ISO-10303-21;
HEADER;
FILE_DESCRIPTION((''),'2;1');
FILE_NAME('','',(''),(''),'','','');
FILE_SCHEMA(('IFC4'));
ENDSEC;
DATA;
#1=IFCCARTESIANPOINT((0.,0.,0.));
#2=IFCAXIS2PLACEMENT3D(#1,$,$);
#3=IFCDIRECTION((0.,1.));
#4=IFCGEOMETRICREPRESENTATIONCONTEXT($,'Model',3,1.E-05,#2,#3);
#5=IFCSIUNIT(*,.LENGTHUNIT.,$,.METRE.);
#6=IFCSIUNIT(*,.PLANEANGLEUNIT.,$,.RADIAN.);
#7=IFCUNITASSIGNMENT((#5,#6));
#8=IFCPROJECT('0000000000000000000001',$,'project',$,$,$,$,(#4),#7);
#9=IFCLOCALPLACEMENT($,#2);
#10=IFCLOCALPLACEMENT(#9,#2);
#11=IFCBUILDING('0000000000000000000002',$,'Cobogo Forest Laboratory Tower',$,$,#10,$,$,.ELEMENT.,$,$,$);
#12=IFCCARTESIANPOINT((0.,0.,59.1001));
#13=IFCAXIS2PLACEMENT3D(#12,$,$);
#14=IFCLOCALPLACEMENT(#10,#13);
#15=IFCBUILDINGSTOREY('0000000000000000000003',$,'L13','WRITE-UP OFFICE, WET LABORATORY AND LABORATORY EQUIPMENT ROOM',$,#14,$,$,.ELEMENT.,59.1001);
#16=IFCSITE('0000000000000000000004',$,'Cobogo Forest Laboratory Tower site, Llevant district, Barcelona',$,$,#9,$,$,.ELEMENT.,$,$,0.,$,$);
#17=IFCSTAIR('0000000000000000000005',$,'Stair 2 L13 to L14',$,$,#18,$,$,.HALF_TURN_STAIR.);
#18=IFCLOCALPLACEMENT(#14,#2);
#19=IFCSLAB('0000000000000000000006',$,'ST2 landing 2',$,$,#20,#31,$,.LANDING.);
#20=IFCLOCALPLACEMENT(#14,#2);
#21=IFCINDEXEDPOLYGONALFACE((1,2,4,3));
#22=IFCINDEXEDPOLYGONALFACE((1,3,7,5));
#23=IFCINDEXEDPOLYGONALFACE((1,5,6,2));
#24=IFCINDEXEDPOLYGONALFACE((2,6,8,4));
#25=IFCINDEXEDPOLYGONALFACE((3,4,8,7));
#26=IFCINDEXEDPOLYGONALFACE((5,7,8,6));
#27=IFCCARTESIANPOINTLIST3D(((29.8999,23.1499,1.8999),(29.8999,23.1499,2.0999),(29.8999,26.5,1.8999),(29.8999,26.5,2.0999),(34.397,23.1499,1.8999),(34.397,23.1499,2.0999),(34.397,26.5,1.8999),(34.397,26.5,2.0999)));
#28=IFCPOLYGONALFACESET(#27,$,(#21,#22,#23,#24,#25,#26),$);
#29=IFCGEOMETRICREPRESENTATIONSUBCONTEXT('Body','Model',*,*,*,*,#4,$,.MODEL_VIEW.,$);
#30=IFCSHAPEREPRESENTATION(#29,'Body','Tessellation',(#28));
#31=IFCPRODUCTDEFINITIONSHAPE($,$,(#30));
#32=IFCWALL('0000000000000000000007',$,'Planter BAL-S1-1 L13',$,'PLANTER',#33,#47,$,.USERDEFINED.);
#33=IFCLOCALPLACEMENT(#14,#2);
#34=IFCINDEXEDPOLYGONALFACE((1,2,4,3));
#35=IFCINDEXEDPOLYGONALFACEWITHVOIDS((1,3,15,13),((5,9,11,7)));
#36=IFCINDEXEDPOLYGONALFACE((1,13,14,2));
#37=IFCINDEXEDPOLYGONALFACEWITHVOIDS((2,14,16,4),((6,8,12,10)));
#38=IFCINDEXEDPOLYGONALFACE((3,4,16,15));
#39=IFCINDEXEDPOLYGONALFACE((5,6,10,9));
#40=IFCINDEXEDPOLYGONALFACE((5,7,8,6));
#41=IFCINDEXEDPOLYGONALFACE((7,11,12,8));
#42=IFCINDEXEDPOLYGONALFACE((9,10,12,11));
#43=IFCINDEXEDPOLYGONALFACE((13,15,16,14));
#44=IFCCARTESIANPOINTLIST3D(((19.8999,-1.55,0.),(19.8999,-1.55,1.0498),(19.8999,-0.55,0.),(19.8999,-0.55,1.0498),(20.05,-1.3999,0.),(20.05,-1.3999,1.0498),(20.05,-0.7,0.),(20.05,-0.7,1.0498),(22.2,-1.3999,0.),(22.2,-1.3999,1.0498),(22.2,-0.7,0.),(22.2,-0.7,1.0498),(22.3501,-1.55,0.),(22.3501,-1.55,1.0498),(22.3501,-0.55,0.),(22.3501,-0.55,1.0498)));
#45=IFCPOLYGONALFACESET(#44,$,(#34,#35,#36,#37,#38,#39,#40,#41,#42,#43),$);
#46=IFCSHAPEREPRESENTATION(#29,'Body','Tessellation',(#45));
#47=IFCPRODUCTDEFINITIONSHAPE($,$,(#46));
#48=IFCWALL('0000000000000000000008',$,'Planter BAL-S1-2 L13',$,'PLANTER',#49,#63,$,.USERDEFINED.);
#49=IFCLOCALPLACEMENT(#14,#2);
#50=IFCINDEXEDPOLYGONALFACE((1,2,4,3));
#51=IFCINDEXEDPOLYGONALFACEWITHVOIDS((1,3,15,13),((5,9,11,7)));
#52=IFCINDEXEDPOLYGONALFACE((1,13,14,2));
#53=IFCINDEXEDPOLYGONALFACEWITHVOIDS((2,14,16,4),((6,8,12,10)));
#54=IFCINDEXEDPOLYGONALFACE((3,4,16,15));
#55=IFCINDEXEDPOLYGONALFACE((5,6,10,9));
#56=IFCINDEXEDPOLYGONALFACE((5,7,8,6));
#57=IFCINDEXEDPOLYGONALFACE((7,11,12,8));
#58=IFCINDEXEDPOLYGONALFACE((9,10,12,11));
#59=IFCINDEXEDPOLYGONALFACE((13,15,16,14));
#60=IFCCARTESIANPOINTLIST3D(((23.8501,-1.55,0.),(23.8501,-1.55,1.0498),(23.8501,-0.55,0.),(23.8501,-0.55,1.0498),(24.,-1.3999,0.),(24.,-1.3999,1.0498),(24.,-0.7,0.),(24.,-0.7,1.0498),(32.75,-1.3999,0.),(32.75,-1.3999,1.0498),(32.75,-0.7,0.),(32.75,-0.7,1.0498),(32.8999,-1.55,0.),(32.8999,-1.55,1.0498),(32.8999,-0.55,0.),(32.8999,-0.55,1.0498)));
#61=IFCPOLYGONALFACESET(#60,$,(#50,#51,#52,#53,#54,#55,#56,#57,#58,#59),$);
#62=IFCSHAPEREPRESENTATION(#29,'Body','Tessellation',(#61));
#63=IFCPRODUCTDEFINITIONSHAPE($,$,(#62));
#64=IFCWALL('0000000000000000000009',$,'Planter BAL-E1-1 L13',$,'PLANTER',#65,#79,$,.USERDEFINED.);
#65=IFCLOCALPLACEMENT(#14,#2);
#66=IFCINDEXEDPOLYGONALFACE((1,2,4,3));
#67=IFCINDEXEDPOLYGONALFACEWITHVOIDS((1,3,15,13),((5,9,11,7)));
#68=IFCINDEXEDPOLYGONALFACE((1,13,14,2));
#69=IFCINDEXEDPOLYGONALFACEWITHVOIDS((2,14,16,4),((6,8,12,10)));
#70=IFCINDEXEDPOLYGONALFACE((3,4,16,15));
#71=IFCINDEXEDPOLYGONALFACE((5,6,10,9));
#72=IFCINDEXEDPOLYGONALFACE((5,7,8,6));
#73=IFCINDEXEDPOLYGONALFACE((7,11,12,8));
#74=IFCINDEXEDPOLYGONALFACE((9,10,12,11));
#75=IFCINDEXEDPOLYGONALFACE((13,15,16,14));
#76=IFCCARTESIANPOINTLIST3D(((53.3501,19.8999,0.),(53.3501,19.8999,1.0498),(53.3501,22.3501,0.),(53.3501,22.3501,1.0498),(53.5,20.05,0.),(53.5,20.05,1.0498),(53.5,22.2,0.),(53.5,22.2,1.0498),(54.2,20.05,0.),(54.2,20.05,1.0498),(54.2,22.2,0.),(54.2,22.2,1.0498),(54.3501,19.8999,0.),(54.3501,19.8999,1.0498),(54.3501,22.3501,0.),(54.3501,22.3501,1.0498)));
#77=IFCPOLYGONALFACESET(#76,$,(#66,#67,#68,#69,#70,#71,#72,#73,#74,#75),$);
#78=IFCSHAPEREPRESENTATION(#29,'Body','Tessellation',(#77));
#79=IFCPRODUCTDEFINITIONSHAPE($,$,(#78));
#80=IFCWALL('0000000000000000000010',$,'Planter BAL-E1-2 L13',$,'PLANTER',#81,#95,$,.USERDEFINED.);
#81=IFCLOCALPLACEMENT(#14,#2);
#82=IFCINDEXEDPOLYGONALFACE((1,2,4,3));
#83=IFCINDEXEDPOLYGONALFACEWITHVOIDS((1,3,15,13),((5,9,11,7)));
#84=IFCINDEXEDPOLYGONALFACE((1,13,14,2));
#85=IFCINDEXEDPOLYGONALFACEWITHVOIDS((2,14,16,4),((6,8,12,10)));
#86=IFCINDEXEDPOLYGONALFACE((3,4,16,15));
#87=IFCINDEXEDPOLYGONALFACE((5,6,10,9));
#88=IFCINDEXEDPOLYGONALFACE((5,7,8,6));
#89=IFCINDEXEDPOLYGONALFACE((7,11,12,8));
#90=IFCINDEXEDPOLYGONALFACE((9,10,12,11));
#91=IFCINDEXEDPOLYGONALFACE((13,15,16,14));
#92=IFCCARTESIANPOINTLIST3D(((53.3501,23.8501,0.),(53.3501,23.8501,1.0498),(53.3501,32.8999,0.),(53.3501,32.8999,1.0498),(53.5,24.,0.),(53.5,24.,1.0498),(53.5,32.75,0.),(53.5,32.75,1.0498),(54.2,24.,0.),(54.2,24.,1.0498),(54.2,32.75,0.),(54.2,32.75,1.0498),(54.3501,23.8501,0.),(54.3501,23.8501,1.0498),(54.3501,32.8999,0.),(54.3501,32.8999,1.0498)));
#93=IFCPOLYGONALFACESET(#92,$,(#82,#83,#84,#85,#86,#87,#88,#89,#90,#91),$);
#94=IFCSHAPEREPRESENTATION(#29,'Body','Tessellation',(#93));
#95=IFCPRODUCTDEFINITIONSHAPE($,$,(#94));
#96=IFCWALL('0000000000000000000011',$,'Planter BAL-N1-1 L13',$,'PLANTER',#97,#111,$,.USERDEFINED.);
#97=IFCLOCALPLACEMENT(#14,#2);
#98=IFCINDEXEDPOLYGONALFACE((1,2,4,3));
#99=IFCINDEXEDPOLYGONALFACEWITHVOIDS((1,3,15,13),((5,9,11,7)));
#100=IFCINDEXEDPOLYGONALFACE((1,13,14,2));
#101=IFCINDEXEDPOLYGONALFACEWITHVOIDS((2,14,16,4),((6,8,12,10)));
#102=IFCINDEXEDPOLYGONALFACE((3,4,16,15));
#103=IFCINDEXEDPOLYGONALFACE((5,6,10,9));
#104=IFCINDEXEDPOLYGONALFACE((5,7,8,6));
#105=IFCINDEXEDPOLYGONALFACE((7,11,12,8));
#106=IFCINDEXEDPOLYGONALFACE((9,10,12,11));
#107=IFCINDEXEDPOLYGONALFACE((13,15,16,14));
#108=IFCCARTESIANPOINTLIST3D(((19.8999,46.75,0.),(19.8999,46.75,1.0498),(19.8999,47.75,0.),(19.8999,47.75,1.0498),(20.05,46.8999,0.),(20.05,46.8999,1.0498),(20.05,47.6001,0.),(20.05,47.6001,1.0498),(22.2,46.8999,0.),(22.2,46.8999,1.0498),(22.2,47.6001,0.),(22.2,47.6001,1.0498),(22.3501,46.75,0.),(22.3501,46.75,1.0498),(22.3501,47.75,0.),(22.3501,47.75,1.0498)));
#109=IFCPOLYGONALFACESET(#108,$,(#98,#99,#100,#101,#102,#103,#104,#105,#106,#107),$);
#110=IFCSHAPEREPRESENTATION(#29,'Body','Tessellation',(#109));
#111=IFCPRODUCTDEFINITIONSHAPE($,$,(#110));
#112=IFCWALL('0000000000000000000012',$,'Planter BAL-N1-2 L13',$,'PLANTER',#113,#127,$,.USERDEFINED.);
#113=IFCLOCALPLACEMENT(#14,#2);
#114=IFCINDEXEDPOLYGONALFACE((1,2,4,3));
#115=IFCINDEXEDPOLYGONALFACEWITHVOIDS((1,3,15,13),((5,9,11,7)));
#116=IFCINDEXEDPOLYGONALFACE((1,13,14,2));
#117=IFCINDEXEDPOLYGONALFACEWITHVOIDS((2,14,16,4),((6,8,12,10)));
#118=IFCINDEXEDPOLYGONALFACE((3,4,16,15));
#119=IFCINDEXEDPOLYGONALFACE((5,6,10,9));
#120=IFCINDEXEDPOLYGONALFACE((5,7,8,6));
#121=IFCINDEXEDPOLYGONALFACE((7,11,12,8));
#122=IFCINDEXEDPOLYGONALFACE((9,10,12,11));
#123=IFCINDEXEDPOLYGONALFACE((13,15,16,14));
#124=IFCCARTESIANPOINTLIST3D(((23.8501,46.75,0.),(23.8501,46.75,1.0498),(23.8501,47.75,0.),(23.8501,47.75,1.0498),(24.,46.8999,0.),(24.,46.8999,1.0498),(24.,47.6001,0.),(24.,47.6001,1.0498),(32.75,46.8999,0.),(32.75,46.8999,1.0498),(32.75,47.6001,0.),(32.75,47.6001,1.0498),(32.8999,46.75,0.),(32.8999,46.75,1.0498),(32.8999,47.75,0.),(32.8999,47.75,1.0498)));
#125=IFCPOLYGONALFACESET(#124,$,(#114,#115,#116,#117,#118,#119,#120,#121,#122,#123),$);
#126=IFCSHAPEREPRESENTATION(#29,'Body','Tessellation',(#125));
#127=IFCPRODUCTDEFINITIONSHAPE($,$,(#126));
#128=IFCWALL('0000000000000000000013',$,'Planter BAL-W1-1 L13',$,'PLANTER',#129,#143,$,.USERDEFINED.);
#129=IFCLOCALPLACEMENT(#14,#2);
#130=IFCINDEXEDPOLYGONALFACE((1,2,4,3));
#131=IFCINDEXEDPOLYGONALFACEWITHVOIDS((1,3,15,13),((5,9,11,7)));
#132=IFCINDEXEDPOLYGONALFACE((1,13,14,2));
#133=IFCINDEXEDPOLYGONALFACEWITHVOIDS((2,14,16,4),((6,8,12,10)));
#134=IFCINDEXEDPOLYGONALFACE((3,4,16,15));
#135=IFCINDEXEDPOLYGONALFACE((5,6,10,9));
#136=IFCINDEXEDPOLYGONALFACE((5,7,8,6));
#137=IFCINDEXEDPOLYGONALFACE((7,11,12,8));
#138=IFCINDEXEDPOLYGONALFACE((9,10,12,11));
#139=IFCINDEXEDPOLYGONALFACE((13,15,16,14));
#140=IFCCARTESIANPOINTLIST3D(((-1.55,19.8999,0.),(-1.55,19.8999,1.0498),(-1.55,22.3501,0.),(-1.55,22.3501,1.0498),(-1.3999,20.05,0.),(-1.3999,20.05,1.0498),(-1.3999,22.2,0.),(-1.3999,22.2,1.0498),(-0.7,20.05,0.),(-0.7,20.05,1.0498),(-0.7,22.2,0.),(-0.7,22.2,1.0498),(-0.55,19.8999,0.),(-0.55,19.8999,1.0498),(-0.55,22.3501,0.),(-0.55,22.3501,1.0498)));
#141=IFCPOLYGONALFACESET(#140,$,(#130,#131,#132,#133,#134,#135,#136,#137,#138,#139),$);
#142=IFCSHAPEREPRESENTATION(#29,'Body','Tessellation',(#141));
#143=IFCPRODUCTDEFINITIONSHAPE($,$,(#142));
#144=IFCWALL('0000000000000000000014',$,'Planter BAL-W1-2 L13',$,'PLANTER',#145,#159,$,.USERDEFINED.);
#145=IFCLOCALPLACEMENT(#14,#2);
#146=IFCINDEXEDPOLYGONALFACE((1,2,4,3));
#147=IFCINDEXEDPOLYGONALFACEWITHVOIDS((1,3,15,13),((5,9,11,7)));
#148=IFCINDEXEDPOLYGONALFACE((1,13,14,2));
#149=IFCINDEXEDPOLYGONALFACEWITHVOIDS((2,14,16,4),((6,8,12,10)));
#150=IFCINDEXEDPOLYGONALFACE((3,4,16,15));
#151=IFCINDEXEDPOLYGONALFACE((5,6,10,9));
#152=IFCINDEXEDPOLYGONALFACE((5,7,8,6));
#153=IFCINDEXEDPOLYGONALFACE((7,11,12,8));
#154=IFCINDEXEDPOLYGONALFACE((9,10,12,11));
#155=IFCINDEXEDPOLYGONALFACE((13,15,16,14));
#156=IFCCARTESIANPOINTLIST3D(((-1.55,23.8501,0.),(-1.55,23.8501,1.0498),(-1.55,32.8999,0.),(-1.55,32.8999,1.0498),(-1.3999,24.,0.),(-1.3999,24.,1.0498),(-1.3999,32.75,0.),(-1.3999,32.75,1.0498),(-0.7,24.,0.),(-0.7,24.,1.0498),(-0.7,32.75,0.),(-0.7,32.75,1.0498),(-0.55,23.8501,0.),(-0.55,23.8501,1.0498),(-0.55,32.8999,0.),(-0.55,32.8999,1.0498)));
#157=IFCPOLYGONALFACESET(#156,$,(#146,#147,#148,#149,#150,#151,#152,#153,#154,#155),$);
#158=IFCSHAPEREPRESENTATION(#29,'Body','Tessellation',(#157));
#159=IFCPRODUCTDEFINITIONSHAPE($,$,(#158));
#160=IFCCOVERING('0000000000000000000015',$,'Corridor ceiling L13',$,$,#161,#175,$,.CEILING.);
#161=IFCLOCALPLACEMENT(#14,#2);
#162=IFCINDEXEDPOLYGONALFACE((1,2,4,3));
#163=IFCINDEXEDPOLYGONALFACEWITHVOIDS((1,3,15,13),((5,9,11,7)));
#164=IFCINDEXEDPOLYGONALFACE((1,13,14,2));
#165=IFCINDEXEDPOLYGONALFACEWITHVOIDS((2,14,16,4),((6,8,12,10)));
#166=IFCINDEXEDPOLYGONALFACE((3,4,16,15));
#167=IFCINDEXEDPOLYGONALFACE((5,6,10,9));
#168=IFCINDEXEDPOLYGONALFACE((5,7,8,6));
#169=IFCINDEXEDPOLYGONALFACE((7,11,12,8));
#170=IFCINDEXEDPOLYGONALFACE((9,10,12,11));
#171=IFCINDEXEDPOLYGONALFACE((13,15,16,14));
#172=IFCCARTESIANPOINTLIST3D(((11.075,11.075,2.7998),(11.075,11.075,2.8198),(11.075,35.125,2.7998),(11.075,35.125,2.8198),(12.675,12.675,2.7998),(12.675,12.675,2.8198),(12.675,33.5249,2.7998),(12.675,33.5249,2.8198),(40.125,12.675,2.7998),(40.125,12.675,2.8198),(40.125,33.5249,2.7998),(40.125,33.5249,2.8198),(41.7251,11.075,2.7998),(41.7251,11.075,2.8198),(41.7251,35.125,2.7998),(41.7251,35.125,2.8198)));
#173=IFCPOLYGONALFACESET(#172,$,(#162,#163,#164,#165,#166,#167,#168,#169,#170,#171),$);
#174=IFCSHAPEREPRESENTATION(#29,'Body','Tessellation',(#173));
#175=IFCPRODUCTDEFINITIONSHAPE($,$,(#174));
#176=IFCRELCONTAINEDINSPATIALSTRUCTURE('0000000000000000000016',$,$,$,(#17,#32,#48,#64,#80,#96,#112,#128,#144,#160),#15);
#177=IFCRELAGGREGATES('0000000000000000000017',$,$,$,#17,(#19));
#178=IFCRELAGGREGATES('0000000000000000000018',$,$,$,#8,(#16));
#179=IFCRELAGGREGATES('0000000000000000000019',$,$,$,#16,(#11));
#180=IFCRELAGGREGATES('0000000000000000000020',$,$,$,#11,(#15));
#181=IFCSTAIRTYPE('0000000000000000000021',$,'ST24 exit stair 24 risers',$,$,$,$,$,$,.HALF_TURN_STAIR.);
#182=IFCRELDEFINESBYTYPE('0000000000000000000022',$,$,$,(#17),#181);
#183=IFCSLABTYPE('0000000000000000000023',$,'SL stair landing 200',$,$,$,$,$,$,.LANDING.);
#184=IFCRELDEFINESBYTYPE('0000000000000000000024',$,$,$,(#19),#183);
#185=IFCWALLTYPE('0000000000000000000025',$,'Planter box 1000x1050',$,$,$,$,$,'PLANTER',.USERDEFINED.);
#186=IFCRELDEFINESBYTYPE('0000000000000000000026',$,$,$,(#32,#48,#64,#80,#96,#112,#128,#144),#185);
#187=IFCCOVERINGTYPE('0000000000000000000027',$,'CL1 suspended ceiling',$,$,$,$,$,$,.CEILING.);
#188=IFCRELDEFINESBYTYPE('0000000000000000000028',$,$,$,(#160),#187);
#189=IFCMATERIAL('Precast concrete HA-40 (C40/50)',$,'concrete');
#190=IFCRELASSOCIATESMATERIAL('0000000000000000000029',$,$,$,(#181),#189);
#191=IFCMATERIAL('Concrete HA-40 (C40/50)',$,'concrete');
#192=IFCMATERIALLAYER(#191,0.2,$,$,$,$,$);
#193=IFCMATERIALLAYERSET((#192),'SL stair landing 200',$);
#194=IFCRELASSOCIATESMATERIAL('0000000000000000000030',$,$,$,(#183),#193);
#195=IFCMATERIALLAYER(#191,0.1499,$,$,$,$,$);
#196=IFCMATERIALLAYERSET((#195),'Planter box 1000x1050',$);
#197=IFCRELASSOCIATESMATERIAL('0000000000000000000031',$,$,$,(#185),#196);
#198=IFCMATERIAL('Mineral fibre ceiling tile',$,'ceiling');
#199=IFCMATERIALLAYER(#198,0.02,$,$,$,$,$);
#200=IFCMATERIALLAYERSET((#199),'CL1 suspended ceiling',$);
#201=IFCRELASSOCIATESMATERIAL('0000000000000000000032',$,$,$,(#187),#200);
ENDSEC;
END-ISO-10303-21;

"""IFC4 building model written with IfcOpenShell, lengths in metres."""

from ifc_helpers import new_model, si_unit, direction, frame, origin, place, context, subcontext, project, spatial, polyline, outline, extrude, material, layer, layer_set, type_object, element, aggregate, save


model = new_model("IFC4")

# Units and contexts
model_context = context("Model", 3, precision=1e-05, world=origin(), true_north=direction((0.0, 1.0)))
body_context = subcontext(model_context, "Body", "Model", "MODEL_VIEW")
ifc_project = project(units=[si_unit("LENGTHUNIT", "METRE"), si_unit("PLANEANGLEUNIT", "RADIAN")], contexts=[model_context])

# Site, building, storey
site_placement = place(None, origin())
site = spatial("IfcSite", under=ifc_project, at=site_placement, Name="Cobogo Forest Laboratory Tower site, Llevant district, Barcelona", CompositionType="ELEMENT", RefElevation=0.0)
building_placement = place(site_placement, origin())
building = spatial("IfcBuilding", under=site, at=building_placement, Name="Cobogo Forest Laboratory Tower", CompositionType="ELEMENT")
storey_placement = place(building_placement, frame((0.0, 0.0, 59.1001)))
storey = spatial("IfcBuildingStorey", under=building, at=storey_placement, Name="L13", Description="WRITE-UP OFFICE, WET LABORATORY AND LABORATORY EQUIPMENT ROOM", CompositionType="ELEMENT", Elevation=59.1001)

# Shared definitions
ifc_material_1 = material(Name="Concrete HA-40 (C40/50)", Category="concrete")

# Stair, slab
ifc_material_2 = material(Name="Precast concrete HA-40 (C40/50)", Category="concrete")
stair_type = type_object("IfcStairType", Name="ST24 exit stair 24 risers", PredefinedType="HALF_TURN_STAIR", material=ifc_material_2)
ifc_layer_1 = layer(ifc_material_1, 0.2)
ifc_layer_set_1 = layer_set([ifc_layer_1], Name="SL stair landing 200")
slab_type_1 = type_object("IfcSlabType", Name="SL stair landing 200", PredefinedType="LANDING", material=ifc_layer_set_1)
stair_1_placement = place(storey_placement, origin())
stair_1 = element("IfcStair", 1, at=stair_1_placement, inside=storey, type_object=stair_type, Name="Stair 2 L13 to L14", PredefinedType="HALF_TURN_STAIR")
slab_1_placement = place(storey_placement, frame((0.0, 0.0, 1.8999)))
slab_1 = element("IfcSlab", 2, at=slab_1_placement, type_object=slab_type_1, Name="ST2 landing 2", PredefinedType="LANDING", context=body_context, shape_type="SweptSolid", body=[
    extrude(outline(polyline([(29.8999, 23.1499), (34.397, 23.1499), (34.397, 26.5), (29.8999, 26.5), (29.8999, 23.1499)])), origin(), (0.0, 0.0, 1.0), 0.2),
])
aggregate(stair_1, [slab_1])

# Walls
ifc_layer_2 = layer(ifc_material_1, 0.1499)
ifc_layer_set_2 = layer_set([ifc_layer_2], Name="Planter box 1000x1050")
wall_type = type_object("IfcWallType", Name="Planter box 1000x1050", ElementType="PLANTER", PredefinedType="USERDEFINED", material=ifc_layer_set_2)
wall_1_placement = place(storey_placement, origin())
element("IfcWall", 3, at=wall_1_placement, inside=storey, type_object=wall_type, Name="Planter BAL-S1-1 L13", ObjectType="PLANTER", PredefinedType="USERDEFINED", context=body_context, shape_type="SweptSolid", body=[
    extrude(outline(polyline([(19.8999, -1.55), (22.3501, -1.55), (22.3501, -0.55), (19.8999, -0.55), (19.8999, -1.55)]), holes=[polyline([(20.05, -1.3999), (22.2, -1.3999), (22.2, -0.7), (20.05, -0.7), (20.05, -1.3999)])]), origin(), (0.0, 0.0, 1.0), 1.0498),
])
wall_2_placement = place(storey_placement, origin())
element("IfcWall", 4, at=wall_2_placement, inside=storey, type_object=wall_type, Name="Planter BAL-S1-2 L13", ObjectType="PLANTER", PredefinedType="USERDEFINED", context=body_context, shape_type="SweptSolid", body=[
    extrude(outline(polyline([(23.8501, -1.55), (32.8999, -1.55), (32.8999, -0.55), (23.8501, -0.55), (23.8501, -1.55)]), holes=[polyline([(24.0, -1.3999), (32.75, -1.3999), (32.75, -0.7), (24.0, -0.7), (24.0, -1.3999)])]), origin(), (0.0, 0.0, 1.0), 1.0498),
])
wall_3_placement = place(storey_placement, origin())
element("IfcWall", 5, at=wall_3_placement, inside=storey, type_object=wall_type, Name="Planter BAL-E1-1 L13", ObjectType="PLANTER", PredefinedType="USERDEFINED", context=body_context, shape_type="SweptSolid", body=[
    extrude(outline(polyline([(53.3501, 19.8999), (54.3501, 19.8999), (54.3501, 22.3501), (53.3501, 22.3501), (53.3501, 19.8999)]), holes=[polyline([(53.5, 20.05), (54.2, 20.05), (54.2, 22.2), (53.5, 22.2), (53.5, 20.05)])]), origin(), (0.0, 0.0, 1.0), 1.0498),
])
wall_4_placement = place(storey_placement, origin())
element("IfcWall", 6, at=wall_4_placement, inside=storey, type_object=wall_type, Name="Planter BAL-E1-2 L13", ObjectType="PLANTER", PredefinedType="USERDEFINED", context=body_context, shape_type="SweptSolid", body=[
    extrude(outline(polyline([(53.3501, 23.8501), (54.3501, 23.8501), (54.3501, 32.8999), (53.3501, 32.8999), (53.3501, 23.8501)]), holes=[polyline([(53.5, 24.0), (54.2, 24.0), (54.2, 32.75), (53.5, 32.75), (53.5, 24.0)])]), origin(), (0.0, 0.0, 1.0), 1.0498),
])
wall_5_placement = place(storey_placement, origin())
element("IfcWall", 7, at=wall_5_placement, inside=storey, type_object=wall_type, Name="Planter BAL-N1-1 L13", ObjectType="PLANTER", PredefinedType="USERDEFINED", context=body_context, shape_type="SweptSolid", body=[
    extrude(outline(polyline([(19.8999, 46.75), (22.3501, 46.75), (22.3501, 47.75), (19.8999, 47.75), (19.8999, 46.75)]), holes=[polyline([(20.05, 46.8999), (22.2, 46.8999), (22.2, 47.6001), (20.05, 47.6001), (20.05, 46.8999)])]), origin(), (0.0, 0.0, 1.0), 1.0498),
])
wall_6_placement = place(storey_placement, origin())
element("IfcWall", 8, at=wall_6_placement, inside=storey, type_object=wall_type, Name="Planter BAL-N1-2 L13", ObjectType="PLANTER", PredefinedType="USERDEFINED", context=body_context, shape_type="SweptSolid", body=[
    extrude(outline(polyline([(23.8501, 46.75), (32.8999, 46.75), (32.8999, 47.75), (23.8501, 47.75), (23.8501, 46.75)]), holes=[polyline([(24.0, 46.8999), (32.75, 46.8999), (32.75, 47.6001), (24.0, 47.6001), (24.0, 46.8999)])]), origin(), (0.0, 0.0, 1.0), 1.0498),
])
wall_7_placement = place(storey_placement, origin())
element("IfcWall", 9, at=wall_7_placement, inside=storey, type_object=wall_type, Name="Planter BAL-W1-1 L13", ObjectType="PLANTER", PredefinedType="USERDEFINED", context=body_context, shape_type="SweptSolid", body=[
    extrude(outline(polyline([(-1.55, 19.8999), (-0.55, 19.8999), (-0.55, 22.3501), (-1.55, 22.3501), (-1.55, 19.8999)]), holes=[polyline([(-1.3999, 20.05), (-0.7, 20.05), (-0.7, 22.2), (-1.3999, 22.2), (-1.3999, 20.05)])]), origin(), (0.0, 0.0, 1.0), 1.0498),
])
wall_8_placement = place(storey_placement, origin())
element("IfcWall", 10, at=wall_8_placement, inside=storey, type_object=wall_type, Name="Planter BAL-W1-2 L13", ObjectType="PLANTER", PredefinedType="USERDEFINED", context=body_context, shape_type="SweptSolid", body=[
    extrude(outline(polyline([(-1.55, 23.8501), (-0.55, 23.8501), (-0.55, 32.8999), (-1.55, 32.8999), (-1.55, 23.8501)]), holes=[polyline([(-1.3999, 24.0), (-0.7, 24.0), (-0.7, 32.75), (-1.3999, 32.75), (-1.3999, 24.0)])]), origin(), (0.0, 0.0, 1.0), 1.0498),
])

# Covering
ifc_material_3 = material(Name="Mineral fibre ceiling tile", Category="ceiling")
ifc_layer_3 = layer(ifc_material_3, 0.02)
ifc_layer_set_3 = layer_set([ifc_layer_3], Name="CL1 suspended ceiling")
covering_type_1 = type_object("IfcCoveringType", Name="CL1 suspended ceiling", PredefinedType="CEILING", material=ifc_layer_set_3)
covering_1_placement = place(storey_placement, frame((0.0, 0.0, 2.7998)))
element("IfcCovering", 11, at=covering_1_placement, inside=storey, type_object=covering_type_1, Name="Corridor ceiling L13", PredefinedType="CEILING", context=body_context, shape_type="SweptSolid", body=[
    extrude(outline(polyline([(11.075, 11.075), (11.075, 35.125), (41.7251, 35.125), (41.7251, 11.075), (11.075, 11.075)]), holes=[polyline([(40.125, 33.5249), (12.675, 33.5249), (12.675, 12.675), (40.125, 12.675), (40.125, 33.5249)])]), origin(), (0.0, 0.0, 1.0), 0.02),
])

save(model, "model.ifc")
